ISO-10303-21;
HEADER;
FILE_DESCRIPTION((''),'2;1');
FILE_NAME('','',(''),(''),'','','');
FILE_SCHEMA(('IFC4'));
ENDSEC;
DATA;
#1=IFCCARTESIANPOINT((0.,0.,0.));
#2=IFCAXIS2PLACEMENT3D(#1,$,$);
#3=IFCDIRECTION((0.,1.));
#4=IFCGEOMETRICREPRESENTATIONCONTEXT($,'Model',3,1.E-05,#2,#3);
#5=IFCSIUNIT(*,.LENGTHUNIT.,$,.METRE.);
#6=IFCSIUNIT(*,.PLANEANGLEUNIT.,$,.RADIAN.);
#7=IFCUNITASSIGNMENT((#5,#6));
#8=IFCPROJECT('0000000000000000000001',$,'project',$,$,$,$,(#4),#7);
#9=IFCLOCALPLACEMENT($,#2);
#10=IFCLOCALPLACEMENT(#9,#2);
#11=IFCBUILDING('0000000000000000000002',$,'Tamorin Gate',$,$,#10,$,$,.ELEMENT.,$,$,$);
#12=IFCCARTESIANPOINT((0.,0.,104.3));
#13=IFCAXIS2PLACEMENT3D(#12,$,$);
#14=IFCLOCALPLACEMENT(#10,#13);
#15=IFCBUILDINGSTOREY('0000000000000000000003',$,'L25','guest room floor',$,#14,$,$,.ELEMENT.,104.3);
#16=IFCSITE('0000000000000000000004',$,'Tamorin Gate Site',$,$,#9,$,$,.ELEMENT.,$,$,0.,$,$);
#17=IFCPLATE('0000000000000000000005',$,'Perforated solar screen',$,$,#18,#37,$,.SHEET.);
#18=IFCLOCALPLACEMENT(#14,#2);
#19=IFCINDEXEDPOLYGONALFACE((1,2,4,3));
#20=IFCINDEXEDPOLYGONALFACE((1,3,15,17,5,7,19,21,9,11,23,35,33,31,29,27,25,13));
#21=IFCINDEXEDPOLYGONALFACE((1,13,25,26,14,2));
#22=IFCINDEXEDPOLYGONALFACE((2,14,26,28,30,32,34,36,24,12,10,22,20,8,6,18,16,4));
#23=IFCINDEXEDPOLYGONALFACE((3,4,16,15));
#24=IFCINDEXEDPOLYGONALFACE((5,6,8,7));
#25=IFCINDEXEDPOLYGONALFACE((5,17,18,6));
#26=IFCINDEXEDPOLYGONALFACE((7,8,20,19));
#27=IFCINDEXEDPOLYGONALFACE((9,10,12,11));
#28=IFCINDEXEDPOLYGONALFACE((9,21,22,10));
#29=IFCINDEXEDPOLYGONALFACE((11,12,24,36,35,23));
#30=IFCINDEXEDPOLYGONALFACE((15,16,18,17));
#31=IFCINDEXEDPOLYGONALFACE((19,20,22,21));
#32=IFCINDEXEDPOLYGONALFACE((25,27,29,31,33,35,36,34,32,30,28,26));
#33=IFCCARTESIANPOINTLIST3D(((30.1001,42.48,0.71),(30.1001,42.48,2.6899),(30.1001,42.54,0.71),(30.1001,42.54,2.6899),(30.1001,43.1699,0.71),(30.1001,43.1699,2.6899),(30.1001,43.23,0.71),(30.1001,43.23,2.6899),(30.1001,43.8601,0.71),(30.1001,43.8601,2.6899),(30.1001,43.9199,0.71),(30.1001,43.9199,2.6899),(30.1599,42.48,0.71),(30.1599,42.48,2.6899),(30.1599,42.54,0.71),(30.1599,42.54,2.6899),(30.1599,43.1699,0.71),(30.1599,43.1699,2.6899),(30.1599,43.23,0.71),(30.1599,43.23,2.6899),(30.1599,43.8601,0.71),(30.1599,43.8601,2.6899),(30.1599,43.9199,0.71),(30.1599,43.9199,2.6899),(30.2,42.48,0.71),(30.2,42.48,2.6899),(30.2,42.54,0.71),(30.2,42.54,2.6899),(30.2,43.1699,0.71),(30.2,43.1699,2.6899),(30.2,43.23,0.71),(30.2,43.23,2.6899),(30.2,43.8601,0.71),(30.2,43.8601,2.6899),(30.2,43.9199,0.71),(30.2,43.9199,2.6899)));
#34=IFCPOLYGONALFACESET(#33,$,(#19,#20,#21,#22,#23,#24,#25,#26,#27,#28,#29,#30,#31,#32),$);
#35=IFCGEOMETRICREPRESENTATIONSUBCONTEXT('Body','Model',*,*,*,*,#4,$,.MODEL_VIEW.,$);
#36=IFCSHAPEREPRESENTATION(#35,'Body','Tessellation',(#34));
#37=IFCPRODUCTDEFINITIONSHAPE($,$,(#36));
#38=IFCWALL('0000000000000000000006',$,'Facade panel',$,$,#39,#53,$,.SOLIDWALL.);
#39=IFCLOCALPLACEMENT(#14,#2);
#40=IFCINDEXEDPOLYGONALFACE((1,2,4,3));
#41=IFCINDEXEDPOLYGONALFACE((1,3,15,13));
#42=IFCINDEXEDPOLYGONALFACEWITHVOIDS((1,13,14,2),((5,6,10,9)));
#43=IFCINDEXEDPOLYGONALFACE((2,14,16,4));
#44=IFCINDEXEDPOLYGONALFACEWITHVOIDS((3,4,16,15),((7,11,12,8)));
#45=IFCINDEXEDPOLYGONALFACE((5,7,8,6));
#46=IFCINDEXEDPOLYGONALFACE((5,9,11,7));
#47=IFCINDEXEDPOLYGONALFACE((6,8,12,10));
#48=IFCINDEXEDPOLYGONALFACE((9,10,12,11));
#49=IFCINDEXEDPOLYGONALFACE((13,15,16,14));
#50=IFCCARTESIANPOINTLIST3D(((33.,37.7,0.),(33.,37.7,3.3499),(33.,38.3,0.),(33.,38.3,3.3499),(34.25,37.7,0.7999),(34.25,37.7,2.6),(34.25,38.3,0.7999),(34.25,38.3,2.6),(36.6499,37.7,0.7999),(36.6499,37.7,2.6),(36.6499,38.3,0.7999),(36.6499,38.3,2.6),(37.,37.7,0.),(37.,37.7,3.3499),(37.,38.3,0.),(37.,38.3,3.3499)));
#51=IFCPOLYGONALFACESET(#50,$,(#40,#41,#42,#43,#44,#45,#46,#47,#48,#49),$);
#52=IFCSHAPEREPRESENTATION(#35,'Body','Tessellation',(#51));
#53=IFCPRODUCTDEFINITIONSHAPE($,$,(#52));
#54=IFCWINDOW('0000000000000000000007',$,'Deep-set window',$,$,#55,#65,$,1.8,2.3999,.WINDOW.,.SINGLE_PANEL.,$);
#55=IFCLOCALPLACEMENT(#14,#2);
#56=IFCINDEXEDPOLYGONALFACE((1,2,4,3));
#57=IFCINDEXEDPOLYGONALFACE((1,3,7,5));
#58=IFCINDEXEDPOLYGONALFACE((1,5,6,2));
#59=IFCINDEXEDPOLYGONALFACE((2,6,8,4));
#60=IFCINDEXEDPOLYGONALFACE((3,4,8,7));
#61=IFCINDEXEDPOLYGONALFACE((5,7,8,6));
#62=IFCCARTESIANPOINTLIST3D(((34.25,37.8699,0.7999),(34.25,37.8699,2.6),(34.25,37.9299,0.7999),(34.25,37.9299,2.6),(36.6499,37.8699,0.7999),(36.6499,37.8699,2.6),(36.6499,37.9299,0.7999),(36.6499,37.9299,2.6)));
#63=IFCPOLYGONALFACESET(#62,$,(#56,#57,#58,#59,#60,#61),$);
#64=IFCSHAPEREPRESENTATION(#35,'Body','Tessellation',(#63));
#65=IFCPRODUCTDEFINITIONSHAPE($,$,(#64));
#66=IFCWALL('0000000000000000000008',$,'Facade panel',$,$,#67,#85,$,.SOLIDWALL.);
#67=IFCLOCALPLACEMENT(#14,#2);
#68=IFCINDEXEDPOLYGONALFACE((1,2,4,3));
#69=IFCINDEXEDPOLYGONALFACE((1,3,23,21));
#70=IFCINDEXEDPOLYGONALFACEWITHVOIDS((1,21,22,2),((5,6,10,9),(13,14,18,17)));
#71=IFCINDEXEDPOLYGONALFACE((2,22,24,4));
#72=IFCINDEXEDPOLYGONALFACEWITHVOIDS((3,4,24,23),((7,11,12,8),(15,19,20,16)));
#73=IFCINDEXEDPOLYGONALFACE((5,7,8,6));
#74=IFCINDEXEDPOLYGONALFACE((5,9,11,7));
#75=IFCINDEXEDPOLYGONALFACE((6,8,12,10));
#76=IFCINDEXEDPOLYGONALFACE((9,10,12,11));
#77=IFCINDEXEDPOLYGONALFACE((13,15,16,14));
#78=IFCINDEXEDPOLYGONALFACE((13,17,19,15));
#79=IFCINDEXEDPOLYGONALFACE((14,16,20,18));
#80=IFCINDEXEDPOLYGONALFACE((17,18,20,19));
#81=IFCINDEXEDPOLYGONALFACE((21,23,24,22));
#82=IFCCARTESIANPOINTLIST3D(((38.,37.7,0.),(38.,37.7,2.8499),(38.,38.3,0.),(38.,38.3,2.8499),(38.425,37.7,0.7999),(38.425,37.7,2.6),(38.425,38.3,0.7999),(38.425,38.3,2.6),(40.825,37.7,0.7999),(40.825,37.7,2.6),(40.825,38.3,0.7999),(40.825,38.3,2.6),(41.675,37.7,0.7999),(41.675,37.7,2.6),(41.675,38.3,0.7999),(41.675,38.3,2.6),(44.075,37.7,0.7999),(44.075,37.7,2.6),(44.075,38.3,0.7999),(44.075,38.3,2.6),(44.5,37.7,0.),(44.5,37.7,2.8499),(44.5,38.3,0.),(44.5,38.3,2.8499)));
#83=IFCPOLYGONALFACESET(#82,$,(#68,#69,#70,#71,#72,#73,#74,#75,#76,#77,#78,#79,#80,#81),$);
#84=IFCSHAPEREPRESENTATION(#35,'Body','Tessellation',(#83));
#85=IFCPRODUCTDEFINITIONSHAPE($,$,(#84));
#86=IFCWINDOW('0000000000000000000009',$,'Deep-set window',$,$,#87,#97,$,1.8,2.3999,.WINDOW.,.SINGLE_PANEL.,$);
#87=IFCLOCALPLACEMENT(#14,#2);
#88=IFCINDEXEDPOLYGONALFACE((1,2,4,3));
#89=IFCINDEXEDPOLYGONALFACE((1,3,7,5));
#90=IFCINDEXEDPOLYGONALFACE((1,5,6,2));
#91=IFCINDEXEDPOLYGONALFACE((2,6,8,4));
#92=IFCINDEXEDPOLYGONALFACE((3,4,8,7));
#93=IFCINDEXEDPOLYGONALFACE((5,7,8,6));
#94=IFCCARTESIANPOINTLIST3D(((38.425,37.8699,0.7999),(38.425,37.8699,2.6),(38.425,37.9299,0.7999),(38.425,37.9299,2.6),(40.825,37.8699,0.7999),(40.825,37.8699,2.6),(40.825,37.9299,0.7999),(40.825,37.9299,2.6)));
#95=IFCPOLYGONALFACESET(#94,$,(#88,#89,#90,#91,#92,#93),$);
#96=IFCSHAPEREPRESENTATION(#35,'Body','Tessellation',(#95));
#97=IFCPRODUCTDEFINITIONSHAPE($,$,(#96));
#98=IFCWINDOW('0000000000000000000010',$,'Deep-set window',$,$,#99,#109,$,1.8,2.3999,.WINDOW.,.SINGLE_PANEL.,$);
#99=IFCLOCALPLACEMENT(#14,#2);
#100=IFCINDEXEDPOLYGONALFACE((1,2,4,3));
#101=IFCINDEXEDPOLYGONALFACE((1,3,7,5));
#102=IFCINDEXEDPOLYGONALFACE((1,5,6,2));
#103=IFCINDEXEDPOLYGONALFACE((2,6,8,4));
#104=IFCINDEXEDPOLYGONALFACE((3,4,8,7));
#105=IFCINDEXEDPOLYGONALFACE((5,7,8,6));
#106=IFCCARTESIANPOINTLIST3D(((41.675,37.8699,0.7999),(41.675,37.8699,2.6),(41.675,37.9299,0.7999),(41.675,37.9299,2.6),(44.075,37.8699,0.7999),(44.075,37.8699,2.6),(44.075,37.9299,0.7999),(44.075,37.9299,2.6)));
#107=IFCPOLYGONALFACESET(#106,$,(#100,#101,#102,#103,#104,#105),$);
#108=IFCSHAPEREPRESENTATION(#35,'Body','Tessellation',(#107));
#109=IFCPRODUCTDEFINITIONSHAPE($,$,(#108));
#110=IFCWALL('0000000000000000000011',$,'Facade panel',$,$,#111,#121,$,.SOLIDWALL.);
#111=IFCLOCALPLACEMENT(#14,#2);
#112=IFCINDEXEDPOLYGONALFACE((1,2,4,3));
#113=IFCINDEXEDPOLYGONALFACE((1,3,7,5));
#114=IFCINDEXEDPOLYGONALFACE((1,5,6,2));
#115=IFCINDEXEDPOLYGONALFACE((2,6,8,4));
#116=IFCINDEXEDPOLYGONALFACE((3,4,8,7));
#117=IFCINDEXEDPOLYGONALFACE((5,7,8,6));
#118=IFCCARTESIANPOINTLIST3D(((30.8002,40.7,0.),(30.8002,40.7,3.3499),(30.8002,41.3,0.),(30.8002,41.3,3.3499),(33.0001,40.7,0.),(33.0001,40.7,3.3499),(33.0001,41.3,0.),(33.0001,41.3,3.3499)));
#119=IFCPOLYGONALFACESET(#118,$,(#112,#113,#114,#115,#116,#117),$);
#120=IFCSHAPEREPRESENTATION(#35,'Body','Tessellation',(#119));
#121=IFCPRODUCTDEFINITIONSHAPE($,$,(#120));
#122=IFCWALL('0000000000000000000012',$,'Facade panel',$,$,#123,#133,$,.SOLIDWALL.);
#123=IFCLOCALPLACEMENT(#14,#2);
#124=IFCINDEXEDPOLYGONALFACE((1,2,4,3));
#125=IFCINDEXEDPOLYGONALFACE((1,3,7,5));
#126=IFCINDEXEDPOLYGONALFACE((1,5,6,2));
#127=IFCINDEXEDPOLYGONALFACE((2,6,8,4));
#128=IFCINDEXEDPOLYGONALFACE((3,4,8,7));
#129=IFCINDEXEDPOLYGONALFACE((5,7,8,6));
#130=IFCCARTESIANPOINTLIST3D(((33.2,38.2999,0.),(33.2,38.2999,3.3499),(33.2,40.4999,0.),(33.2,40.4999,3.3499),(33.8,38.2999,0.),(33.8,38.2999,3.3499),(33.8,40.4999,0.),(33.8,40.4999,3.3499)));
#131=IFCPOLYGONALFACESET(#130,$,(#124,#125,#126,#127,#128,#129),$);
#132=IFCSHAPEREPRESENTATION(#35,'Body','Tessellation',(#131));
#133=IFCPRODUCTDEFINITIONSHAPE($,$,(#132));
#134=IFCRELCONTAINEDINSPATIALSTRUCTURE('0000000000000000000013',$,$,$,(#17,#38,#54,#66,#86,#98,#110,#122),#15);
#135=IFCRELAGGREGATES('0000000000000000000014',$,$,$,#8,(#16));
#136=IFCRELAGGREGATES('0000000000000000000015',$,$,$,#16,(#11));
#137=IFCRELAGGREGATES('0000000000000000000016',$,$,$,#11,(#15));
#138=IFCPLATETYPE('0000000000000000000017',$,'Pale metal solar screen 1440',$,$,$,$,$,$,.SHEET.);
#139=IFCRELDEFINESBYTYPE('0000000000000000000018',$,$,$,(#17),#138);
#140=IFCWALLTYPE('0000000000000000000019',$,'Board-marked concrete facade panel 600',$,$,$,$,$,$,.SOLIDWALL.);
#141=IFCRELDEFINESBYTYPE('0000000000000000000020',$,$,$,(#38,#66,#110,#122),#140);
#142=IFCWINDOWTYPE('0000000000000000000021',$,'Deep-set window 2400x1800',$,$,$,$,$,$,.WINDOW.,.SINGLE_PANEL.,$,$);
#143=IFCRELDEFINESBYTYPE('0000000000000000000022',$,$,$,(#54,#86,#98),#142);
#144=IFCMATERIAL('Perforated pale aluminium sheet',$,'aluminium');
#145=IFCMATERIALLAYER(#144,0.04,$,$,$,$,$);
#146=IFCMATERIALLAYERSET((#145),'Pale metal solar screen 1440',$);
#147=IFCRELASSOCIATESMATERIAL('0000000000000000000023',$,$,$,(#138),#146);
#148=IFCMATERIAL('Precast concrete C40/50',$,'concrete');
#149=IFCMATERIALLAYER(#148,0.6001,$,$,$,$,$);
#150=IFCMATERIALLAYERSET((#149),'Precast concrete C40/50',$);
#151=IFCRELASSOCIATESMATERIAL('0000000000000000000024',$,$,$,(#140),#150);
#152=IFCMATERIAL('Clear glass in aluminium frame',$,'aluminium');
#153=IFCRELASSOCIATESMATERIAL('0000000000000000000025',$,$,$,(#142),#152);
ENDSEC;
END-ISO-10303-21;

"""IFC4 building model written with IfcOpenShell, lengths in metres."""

from ifc_helpers import new_model, si_unit, direction, frame, frame_2d, origin, place, context, subcontext, project, spatial, polyline, rectangle, outline, extrude, material, layer, layer_set, type_object, element, fill, save


model = new_model("IFC4")

# Units and contexts
model_context = context("Model", 3, precision=1e-05, world=origin(), true_north=direction((0.0, 1.0)))
body_context = subcontext(model_context, "Body", "Model", "MODEL_VIEW")
ifc_project = project(units=[si_unit("LENGTHUNIT", "METRE"), si_unit("PLANEANGLEUNIT", "RADIAN")], contexts=[model_context])

# Site, building, storey
site_placement = place(None, origin())
site = spatial("IfcSite", under=ifc_project, at=site_placement, Name="Tamorin Gate Site", CompositionType="ELEMENT", RefElevation=0.0)
building_placement = place(site_placement, origin())
building = spatial("IfcBuilding", under=site, at=building_placement, Name="Tamorin Gate", CompositionType="ELEMENT")
storey_placement = place(building_placement, frame((0.0, 0.0, 104.3)))
storey = spatial("IfcBuildingStorey", under=building, at=storey_placement, Name="L25", Description="guest room floor", CompositionType="ELEMENT", Elevation=104.3)

# Plate
ifc_material_1 = material(Name="Perforated pale aluminium sheet", Category="aluminium")
ifc_layer_1 = layer(ifc_material_1, 0.04)
ifc_layer_set_1 = layer_set([ifc_layer_1], Name="Pale metal solar screen 1440")
plate_type = type_object("IfcPlateType", Name="Pale metal solar screen 1440", PredefinedType="SHEET", material=ifc_layer_set_1)
plate_1_placement = place(storey_placement, frame((0.0, 0.0, 0.71)))
element("IfcPlate", 1, at=plate_1_placement, inside=storey, type_object=plate_type, Name="Perforated solar screen", PredefinedType="SHEET", context=body_context, shape_type="SweptSolid", body=[
    extrude(outline(polyline([(30.1599, 43.9199), (30.2, 43.9199), (30.2, 43.8601), (30.2, 43.23), (30.2, 43.1699), (30.2, 42.54), (30.2, 42.48), (30.1599, 42.48), (30.1001, 42.48), (30.1001, 42.54), (30.1599, 42.54), (30.1599, 43.1699), (30.1001, 43.1699), (30.1001, 43.23), (30.1599, 43.23), (30.1599, 43.8601), (30.1001, 43.8601), (30.1001, 43.9199), (30.1599, 43.9199)])), origin(), (0.0, 0.0, 1.0), 1.98),
])

# Wall, opening, window
ifc_material_2 = material(Name="Precast concrete C40/50", Category="concrete")
ifc_layer_2 = layer(ifc_material_2, 0.6001)
ifc_layer_set_2 = layer_set([ifc_layer_2], Name="Precast concrete C40/50")
wall_type = type_object("IfcWallType", Name="Board-marked concrete facade panel 600", PredefinedType="SOLIDWALL", material=ifc_layer_set_2)
wall_1_placement = place(storey_placement, frame((33.0, 38.0, 0.0), z_axis=(0.0, 0.0, 1.0), x_axis=(1.0, 0.0, 0.0)))
wall_1 = element("IfcWall", 2, at=wall_1_placement, inside=storey, type_object=wall_type, Name="Facade panel", PredefinedType="SOLIDWALL", context=body_context, shape_type="SweptSolid", body=[
    extrude(rectangle(XDim=4.0, YDim=0.6001, at=frame_2d((2.0, 0.0))), origin(), (0.0, 0.0, 1.0), 3.3499),
])
opening_1_placement = place(wall_1_placement, frame((1.25, 0.0, 0.8)))
opening_1 = element("IfcOpeningElement", 3, at=opening_1_placement, cuts=wall_1, PredefinedType="OPENING", context=body_context, shape_type="SweptSolid", body=[
    extrude(rectangle(XDim=2.3999, YDim=1.8, at=frame_2d((1.2, 0.8999))), frame((0.0, 0.3101, 0.0), z_axis=(0.0, -1.0, 0.0), x_axis=(1.0, 0.0, 0.0)), (0.0, 0.0, 1.0), 0.6201),
])
ifc_material_3 = material(Name="Clear glass in aluminium frame", Category="aluminium")
window_type = type_object("IfcWindowType", Name="Deep-set window 2400x1800", PartitioningType="SINGLE_PANEL", PredefinedType="WINDOW", material=ifc_material_3)
window_1_placement = place(opening_1_placement, origin())
window_1 = element("IfcWindow", 4, at=window_1_placement, inside=storey, type_object=window_type, Name="Deep-set window", OverallHeight=1.8, OverallWidth=2.3999, PartitioningType="SINGLE_PANEL", PredefinedType="WINDOW", context=body_context, shape_type="SweptSolid", body=[
    extrude(rectangle(XDim=2.3999, YDim=1.8, at=frame_2d((1.2, 0.8999))), frame((0.0, -0.0701, 0.0), z_axis=(0.0, -1.0, 0.0), x_axis=(1.0, 0.0, 0.0)), (0.0, 0.0, 1.0), 0.0601),
])
fill(opening_1, window_1)

# Wall, openings, windows
wall_2_placement = place(storey_placement, frame((38.0, 38.0, 0.0), z_axis=(0.0, 0.0, 1.0), x_axis=(1.0, 0.0, 0.0)))
wall_2 = element("IfcWall", 5, at=wall_2_placement, inside=storey, type_object=wall_type, Name="Facade panel", PredefinedType="SOLIDWALL", context=body_context, shape_type="SweptSolid", body=[
    extrude(rectangle(XDim=6.5, YDim=0.6001, at=frame_2d((3.25, 0.0))), origin(), (0.0, 0.0, 1.0), 2.8499),
])
opening_2_placement = place(wall_2_placement, frame((0.425, 0.0, 0.8)))
opening_2 = element("IfcOpeningElement", 6, at=opening_2_placement, cuts=wall_2, PredefinedType="OPENING", context=body_context, shape_type="SweptSolid", body=[
    extrude(rectangle(XDim=2.3999, YDim=1.8, at=frame_2d((1.2, 0.8999))), frame((0.0, 0.3101, 0.0), z_axis=(0.0, -1.0, 0.0), x_axis=(1.0, 0.0, 0.0)), (0.0, 0.0, 1.0), 0.6201),
])
opening_3_placement = place(wall_2_placement, frame((3.675, 0.0, 0.8)))
opening_3 = element("IfcOpeningElement", 7, at=opening_3_placement, cuts=wall_2, PredefinedType="OPENING", context=body_context, shape_type="SweptSolid", body=[
    extrude(rectangle(XDim=2.3999, YDim=1.8, at=frame_2d((1.2, 0.8999))), frame((0.0, 0.3101, 0.0), z_axis=(0.0, -1.0, 0.0), x_axis=(1.0, 0.0, 0.0)), (0.0, 0.0, 1.0), 0.6201),
])
window_2_placement = place(opening_2_placement, origin())
window_2 = element("IfcWindow", 8, at=window_2_placement, inside=storey, type_object=window_type, Name="Deep-set window", OverallHeight=1.8, OverallWidth=2.3999, PartitioningType="SINGLE_PANEL", PredefinedType="WINDOW", context=body_context, shape_type="SweptSolid", body=[
    extrude(rectangle(XDim=2.3999, YDim=1.8, at=frame_2d((1.2, 0.8999))), frame((0.0, -0.0701, 0.0), z_axis=(0.0, -1.0, 0.0), x_axis=(1.0, 0.0, 0.0)), (0.0, 0.0, 1.0), 0.0601),
])
fill(opening_2, window_2)
window_3_placement = place(opening_3_placement, origin())
window_3 = element("IfcWindow", 9, at=window_3_placement, inside=storey, type_object=window_type, Name="Deep-set window", OverallHeight=1.8, OverallWidth=2.3999, PartitioningType="SINGLE_PANEL", PredefinedType="WINDOW", context=body_context, shape_type="SweptSolid", body=[
    extrude(rectangle(XDim=2.3999, YDim=1.8, at=frame_2d((1.2, 0.8999))), frame((0.0, -0.0701, 0.0), z_axis=(0.0, -1.0, 0.0), x_axis=(1.0, 0.0, 0.0)), (0.0, 0.0, 1.0), 0.0601),
])
fill(opening_3, window_3)

# Walls
for number, where, z_axis, x_axis, name in (
    (10, (30.8, 41.0, 0.0), (0.0, 0.0, 1.0), (1.0, 0.0, 0.0), "Facade panel"),
    (11, (33.5, 40.5, 0.0), (0.0, 0.0, 1.0), (0.0, -1.0, 0.0), "Facade panel"),
):
    element("IfcWall", number, at=place(storey_placement, frame(where, z_axis=z_axis, x_axis=x_axis)), inside=storey, type_object=wall_type, Name=name, PredefinedType="SOLIDWALL", context=body_context, shape_type="SweptSolid", body=[
        extrude(rectangle(XDim=2.2, YDim=0.6001, at=frame_2d((1.1001, 0.0))), origin(), (0.0, 0.0, 1.0), 3.3499),
    ])

save(model, "model.ifc")
